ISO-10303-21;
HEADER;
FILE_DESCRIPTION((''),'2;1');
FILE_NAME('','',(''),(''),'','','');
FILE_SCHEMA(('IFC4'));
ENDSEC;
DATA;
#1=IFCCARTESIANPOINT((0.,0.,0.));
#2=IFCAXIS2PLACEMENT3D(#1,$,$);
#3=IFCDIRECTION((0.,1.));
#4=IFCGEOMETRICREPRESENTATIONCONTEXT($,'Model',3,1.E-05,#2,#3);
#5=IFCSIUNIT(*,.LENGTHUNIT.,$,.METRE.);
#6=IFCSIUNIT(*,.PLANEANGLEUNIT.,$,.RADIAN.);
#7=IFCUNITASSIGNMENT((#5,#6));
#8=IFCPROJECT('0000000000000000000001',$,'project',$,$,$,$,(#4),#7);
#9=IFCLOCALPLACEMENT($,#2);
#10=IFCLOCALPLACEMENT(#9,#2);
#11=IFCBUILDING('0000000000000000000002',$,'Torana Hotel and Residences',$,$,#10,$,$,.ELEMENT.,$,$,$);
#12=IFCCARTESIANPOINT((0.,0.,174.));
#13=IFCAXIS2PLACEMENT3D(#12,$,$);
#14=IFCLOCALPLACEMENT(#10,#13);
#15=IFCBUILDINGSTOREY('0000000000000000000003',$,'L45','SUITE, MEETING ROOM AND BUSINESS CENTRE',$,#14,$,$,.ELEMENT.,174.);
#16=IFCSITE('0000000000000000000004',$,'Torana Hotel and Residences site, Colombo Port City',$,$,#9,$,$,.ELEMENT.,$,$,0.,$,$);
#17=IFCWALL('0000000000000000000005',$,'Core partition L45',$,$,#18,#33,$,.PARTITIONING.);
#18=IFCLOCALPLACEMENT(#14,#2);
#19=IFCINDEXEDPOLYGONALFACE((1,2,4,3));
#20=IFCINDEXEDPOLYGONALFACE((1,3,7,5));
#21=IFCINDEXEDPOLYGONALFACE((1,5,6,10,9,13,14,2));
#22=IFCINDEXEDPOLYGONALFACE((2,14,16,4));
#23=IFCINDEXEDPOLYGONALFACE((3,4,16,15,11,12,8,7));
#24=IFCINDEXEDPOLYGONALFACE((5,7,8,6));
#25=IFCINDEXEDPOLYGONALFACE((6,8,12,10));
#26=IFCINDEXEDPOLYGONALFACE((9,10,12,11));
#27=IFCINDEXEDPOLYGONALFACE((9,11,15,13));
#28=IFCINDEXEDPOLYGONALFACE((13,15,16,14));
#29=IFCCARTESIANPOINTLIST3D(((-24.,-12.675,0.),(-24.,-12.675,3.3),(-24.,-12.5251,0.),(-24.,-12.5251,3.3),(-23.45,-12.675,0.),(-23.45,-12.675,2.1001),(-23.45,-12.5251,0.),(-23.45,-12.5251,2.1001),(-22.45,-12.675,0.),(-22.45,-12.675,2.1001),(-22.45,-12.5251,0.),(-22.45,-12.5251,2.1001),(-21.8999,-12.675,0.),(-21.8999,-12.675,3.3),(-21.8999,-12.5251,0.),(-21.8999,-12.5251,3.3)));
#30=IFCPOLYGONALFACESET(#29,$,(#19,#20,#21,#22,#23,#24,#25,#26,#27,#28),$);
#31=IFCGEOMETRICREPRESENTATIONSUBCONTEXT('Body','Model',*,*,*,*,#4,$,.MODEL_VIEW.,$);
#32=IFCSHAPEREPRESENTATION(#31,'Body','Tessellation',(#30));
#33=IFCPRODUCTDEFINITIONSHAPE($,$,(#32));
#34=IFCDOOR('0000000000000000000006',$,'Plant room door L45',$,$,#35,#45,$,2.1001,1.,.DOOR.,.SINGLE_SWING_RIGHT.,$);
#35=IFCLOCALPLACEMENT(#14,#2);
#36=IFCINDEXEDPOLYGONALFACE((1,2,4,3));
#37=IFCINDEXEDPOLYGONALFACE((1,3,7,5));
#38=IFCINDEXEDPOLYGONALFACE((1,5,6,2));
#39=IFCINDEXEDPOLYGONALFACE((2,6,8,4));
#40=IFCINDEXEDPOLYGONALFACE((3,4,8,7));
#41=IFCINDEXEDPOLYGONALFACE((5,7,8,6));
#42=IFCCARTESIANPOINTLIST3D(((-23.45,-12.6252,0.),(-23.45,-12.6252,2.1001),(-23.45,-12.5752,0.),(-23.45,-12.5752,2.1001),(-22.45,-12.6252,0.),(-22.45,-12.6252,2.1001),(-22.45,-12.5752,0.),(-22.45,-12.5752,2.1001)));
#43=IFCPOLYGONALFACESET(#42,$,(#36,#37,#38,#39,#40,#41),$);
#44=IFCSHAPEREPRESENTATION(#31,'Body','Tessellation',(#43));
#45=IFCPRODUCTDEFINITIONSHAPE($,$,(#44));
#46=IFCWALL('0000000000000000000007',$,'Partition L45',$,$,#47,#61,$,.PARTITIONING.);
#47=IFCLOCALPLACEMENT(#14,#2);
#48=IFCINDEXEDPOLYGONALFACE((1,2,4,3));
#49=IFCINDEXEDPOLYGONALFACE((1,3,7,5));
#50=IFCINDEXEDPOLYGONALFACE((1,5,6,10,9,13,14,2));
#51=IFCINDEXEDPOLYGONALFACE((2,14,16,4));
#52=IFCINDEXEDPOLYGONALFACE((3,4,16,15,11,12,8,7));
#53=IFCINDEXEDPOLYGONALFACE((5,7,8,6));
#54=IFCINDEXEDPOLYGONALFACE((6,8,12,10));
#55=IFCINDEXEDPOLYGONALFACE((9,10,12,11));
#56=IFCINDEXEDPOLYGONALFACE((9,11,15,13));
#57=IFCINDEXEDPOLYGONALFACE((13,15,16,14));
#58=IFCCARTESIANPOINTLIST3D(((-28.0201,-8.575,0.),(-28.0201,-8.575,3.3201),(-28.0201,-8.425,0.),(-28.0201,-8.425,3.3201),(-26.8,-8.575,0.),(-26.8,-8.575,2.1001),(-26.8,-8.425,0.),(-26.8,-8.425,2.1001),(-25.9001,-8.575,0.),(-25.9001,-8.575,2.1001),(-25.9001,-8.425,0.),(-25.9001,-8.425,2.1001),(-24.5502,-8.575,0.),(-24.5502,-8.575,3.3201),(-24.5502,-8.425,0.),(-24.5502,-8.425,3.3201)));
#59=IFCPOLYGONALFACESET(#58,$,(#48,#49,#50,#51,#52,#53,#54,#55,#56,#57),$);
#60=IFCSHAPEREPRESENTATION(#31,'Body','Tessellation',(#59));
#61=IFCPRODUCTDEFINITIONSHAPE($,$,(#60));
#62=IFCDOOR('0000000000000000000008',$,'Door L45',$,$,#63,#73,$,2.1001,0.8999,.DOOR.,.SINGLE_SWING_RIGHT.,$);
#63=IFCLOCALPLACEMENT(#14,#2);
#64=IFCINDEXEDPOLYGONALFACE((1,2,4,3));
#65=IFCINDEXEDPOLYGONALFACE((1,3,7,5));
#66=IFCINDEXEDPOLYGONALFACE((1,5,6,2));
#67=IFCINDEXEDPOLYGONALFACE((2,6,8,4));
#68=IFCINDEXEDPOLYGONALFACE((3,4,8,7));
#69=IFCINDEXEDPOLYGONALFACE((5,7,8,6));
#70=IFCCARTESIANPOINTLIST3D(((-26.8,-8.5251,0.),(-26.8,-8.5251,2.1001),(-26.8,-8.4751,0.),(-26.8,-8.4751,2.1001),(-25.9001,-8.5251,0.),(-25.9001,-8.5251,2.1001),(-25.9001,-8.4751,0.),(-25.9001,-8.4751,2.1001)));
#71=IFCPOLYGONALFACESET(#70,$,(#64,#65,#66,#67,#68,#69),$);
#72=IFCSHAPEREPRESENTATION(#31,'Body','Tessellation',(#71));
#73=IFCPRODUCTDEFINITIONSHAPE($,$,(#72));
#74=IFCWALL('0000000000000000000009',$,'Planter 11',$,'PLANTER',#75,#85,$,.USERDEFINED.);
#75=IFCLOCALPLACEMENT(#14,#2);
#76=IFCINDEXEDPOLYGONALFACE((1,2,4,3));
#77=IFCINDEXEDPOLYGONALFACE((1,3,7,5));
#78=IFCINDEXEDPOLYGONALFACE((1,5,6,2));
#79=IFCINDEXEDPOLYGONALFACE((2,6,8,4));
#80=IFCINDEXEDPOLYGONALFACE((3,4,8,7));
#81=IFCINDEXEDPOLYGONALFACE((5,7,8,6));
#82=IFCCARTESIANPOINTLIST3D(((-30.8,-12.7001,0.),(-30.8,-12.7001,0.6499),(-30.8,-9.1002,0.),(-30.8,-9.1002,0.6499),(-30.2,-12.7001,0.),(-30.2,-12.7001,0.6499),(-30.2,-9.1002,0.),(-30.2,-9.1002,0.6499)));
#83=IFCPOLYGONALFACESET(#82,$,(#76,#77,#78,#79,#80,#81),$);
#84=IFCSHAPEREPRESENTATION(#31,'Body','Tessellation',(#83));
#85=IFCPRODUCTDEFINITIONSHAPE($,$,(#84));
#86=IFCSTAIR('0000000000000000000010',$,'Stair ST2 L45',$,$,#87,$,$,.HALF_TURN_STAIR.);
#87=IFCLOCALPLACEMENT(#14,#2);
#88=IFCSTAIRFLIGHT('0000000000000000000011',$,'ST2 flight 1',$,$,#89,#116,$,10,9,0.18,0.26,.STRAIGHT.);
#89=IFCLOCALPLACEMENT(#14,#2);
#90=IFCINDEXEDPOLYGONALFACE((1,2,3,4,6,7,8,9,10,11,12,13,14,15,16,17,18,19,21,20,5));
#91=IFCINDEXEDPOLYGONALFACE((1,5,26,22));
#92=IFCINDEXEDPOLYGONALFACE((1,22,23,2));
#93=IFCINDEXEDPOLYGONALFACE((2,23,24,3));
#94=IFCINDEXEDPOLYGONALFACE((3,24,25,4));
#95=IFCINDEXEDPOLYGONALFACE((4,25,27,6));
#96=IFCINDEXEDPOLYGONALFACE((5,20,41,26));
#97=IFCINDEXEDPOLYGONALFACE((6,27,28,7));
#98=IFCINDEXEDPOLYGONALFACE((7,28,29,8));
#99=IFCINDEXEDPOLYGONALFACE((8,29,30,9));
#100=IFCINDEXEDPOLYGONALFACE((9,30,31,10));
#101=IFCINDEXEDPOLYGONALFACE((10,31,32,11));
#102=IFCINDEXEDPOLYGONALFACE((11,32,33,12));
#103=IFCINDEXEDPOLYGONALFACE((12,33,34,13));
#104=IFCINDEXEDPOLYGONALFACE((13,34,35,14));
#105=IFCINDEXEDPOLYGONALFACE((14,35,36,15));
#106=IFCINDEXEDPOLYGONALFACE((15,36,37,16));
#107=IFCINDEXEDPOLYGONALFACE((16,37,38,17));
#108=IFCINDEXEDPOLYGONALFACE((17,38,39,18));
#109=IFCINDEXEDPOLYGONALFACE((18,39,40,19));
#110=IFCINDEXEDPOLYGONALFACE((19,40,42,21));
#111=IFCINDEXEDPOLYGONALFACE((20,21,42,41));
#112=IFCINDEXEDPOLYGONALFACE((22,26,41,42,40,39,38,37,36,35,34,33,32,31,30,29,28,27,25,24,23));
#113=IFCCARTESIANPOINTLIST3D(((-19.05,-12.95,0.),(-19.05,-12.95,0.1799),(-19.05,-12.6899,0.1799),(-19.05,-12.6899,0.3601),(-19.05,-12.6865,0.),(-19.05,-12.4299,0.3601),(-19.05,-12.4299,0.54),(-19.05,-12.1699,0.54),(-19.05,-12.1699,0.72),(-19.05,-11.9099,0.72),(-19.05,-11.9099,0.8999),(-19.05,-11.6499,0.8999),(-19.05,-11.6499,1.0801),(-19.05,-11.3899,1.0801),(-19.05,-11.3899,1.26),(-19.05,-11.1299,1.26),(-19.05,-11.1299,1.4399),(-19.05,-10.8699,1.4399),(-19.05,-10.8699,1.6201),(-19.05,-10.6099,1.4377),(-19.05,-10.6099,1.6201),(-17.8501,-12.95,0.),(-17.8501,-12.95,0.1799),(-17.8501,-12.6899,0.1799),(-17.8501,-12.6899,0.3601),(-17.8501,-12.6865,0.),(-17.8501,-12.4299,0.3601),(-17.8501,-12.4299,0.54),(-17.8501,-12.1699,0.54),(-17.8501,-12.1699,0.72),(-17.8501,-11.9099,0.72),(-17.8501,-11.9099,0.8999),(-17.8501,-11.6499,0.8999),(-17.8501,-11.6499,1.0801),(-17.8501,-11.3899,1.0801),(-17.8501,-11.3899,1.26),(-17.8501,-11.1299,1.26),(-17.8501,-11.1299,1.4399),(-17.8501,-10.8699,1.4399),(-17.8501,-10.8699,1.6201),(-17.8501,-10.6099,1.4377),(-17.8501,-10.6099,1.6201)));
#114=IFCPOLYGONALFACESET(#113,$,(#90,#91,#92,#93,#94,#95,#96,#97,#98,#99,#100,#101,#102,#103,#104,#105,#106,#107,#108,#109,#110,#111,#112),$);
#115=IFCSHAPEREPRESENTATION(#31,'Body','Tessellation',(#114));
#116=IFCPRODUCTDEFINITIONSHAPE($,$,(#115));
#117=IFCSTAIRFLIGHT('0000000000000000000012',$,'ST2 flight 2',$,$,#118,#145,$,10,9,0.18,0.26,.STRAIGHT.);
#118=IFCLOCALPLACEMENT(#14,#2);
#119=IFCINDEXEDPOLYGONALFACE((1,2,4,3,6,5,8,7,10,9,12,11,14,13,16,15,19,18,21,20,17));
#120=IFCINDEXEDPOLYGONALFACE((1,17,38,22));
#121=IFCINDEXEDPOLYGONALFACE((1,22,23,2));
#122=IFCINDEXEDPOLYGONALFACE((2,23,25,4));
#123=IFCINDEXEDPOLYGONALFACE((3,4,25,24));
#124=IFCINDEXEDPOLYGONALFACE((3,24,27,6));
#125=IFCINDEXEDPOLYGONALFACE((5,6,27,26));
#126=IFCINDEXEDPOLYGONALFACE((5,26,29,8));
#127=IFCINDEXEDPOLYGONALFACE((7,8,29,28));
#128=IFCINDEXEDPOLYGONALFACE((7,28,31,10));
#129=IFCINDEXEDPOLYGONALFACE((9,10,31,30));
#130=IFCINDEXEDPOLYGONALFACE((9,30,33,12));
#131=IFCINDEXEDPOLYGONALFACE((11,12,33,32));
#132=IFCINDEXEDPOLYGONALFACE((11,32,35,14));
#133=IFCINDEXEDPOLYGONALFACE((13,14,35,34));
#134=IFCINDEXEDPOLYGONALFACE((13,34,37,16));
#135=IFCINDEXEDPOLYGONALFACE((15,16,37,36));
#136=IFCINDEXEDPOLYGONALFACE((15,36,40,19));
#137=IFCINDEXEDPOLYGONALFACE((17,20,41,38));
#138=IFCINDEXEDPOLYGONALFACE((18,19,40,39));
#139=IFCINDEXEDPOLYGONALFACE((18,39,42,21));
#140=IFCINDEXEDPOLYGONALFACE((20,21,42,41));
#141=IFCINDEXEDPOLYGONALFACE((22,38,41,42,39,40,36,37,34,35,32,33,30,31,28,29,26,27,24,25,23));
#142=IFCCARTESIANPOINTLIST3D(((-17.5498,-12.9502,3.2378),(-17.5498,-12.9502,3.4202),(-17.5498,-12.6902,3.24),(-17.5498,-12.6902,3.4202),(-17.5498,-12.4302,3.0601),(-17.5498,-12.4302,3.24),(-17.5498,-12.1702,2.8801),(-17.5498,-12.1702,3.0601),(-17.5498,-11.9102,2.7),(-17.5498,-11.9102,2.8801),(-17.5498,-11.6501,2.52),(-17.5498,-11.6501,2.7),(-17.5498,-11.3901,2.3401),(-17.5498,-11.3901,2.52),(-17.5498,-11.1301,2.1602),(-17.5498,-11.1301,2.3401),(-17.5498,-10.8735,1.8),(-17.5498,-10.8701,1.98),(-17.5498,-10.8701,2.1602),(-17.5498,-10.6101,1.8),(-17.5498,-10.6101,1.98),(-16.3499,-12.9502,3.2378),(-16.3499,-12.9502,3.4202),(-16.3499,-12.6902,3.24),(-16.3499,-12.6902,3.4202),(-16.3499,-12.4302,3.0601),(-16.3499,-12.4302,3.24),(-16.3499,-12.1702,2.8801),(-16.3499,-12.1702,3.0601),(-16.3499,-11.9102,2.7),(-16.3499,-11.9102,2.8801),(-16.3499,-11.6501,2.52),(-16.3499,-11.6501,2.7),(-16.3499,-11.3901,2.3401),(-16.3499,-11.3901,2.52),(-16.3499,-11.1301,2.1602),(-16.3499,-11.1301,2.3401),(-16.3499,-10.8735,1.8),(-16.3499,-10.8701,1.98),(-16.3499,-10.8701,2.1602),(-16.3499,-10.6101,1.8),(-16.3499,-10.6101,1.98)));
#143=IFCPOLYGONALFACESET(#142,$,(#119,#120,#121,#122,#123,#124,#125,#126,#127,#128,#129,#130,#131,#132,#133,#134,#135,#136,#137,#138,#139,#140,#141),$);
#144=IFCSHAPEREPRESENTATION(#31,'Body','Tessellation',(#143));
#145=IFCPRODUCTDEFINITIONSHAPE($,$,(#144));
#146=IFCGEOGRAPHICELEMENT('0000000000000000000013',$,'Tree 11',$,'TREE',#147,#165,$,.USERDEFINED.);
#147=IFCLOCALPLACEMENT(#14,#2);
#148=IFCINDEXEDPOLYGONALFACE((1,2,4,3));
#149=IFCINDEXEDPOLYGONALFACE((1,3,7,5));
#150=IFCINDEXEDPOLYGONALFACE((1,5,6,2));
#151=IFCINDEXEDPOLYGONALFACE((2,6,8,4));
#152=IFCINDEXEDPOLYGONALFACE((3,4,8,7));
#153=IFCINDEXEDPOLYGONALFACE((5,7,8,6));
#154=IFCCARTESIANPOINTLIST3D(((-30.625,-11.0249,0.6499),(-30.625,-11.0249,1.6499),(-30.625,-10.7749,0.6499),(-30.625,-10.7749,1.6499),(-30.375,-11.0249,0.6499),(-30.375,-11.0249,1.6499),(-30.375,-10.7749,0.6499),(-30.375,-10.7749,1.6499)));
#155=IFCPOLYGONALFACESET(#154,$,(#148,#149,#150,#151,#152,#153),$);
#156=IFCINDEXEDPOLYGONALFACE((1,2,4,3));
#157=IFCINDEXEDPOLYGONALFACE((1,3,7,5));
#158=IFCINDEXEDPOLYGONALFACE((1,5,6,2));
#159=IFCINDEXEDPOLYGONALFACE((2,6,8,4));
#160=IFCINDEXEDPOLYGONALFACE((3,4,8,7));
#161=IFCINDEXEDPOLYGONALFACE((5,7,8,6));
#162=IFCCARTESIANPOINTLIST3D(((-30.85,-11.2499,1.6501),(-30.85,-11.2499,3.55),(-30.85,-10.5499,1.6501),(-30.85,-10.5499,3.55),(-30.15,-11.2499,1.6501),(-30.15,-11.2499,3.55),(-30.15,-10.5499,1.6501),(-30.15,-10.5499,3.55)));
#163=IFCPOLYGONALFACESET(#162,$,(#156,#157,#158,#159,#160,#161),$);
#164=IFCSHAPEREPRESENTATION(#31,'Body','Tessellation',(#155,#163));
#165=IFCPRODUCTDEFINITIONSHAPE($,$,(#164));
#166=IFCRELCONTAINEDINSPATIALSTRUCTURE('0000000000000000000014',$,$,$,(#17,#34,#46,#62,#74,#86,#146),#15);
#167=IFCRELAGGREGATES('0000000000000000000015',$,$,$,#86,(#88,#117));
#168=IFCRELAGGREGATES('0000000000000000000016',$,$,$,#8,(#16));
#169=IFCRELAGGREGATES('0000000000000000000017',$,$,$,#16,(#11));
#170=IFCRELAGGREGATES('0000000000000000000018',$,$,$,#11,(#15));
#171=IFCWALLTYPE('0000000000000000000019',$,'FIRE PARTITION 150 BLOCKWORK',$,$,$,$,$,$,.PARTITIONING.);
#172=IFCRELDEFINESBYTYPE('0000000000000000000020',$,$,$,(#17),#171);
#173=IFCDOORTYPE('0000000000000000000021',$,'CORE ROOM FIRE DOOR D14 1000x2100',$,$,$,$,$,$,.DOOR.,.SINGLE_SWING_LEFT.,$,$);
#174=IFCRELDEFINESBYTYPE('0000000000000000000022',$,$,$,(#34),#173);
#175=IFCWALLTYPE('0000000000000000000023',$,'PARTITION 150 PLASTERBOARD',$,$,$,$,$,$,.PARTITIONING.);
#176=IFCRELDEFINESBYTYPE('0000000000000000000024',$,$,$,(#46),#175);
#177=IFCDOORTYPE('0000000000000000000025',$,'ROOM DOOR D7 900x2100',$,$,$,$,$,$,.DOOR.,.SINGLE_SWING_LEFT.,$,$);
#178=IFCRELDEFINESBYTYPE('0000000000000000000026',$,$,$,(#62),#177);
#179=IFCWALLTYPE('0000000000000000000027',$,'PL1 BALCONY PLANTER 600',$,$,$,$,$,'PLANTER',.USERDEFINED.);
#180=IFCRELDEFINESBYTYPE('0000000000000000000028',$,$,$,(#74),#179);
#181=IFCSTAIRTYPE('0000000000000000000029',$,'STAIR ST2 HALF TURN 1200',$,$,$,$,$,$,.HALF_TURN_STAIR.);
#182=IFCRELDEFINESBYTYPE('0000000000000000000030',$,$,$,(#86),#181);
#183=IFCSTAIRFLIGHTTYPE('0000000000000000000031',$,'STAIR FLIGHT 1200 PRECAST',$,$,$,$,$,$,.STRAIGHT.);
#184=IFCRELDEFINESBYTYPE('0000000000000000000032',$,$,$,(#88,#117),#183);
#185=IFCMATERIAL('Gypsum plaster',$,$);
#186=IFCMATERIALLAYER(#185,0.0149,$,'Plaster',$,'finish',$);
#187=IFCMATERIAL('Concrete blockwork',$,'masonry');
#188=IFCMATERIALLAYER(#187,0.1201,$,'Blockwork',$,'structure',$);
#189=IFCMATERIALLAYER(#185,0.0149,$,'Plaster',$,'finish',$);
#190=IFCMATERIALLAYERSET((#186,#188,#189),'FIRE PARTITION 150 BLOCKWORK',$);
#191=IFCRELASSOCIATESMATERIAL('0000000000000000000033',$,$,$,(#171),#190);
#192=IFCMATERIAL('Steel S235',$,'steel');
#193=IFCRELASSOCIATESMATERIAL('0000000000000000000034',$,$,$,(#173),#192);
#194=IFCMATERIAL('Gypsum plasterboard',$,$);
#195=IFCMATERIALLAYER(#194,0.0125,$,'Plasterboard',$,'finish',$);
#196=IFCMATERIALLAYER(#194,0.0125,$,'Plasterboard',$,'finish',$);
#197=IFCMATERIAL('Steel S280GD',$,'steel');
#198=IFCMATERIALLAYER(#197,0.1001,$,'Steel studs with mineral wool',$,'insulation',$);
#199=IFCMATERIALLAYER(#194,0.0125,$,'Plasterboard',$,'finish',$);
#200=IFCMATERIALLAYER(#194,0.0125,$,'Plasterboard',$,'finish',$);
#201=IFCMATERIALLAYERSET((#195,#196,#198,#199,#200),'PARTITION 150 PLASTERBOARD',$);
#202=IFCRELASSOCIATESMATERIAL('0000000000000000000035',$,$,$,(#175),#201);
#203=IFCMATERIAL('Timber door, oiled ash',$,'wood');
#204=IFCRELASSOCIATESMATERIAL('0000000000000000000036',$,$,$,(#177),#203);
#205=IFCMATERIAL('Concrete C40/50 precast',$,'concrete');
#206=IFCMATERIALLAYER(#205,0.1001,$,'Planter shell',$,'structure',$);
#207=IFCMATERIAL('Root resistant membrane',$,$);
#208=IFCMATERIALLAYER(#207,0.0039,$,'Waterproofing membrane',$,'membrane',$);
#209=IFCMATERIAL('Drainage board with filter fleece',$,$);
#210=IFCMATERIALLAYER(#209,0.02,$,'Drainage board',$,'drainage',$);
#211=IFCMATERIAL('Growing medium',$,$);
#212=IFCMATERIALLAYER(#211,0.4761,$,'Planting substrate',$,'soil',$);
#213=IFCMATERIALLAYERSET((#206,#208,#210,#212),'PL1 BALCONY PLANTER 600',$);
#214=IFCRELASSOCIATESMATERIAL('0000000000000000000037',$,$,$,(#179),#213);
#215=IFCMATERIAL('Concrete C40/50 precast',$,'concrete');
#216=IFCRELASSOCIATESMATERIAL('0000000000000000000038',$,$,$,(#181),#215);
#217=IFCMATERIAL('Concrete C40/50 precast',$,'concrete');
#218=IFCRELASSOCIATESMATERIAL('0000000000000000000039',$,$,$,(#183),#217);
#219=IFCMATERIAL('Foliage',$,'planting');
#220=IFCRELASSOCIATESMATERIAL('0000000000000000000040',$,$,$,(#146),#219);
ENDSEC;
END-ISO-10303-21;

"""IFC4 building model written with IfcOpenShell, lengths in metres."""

from ifc_helpers import new_model, si_unit, direction, frame, frame_2d, origin, origin_2d, place, context, subcontext, project, spatial, polyline, rectangle, outline, extrude, material, layer, layer_set, type_object, element, fill, aggregate, save


model = new_model("IFC4")

# Units and contexts
model_context = context("Model", 3, precision=1e-05, world=origin(), true_north=direction((0.0, 1.0)))
body_context = subcontext(model_context, "Body", "Model", "MODEL_VIEW")
ifc_project = project(units=[si_unit("LENGTHUNIT", "METRE"), si_unit("PLANEANGLEUNIT", "RADIAN")], contexts=[model_context])

# Site, building, storey
site_placement = place(None, origin())
site = spatial("IfcSite", under=ifc_project, at=site_placement, Name="Torana Hotel and Residences site, Colombo Port City", CompositionType="ELEMENT", RefElevation=0.0)
building_placement = place(site_placement, origin())
building = spatial("IfcBuilding", under=site, at=building_placement, Name="Torana Hotel and Residences", CompositionType="ELEMENT")
storey_placement = place(building_placement, frame((0.0, 0.0, 174.0)))
storey = spatial("IfcBuildingStorey", under=building, at=storey_placement, Name="L45", Description="SUITE, MEETING ROOM AND BUSINESS CENTRE", CompositionType="ELEMENT", Elevation=174.0)

# Walls, openings, doors
ifc_material_1 = material(Name="Gypsum plaster")
ifc_layer_1 = layer(ifc_material_1, 0.0149, Name="Plaster", Category="finish")
ifc_material_2 = material(Name="Concrete blockwork", Category="masonry")
ifc_layer_2 = layer(ifc_material_2, 0.1201, Name="Blockwork", Category="structure")
ifc_layer_3 = layer(ifc_material_1, 0.0149, Name="Plaster", Category="finish")
ifc_layer_set_1 = layer_set([ifc_layer_1, ifc_layer_2, ifc_layer_3], Name="FIRE PARTITION 150 BLOCKWORK")
wall_type_1 = type_object("IfcWallType", Name="FIRE PARTITION 150 BLOCKWORK", PredefinedType="PARTITIONING", material=ifc_layer_set_1)
wall_1_placement = place(storey_placement, frame((-24.0, -12.6001, 0.0), z_axis=(0.0, 0.0, 1.0), x_axis=(1.0, 0.0, 0.0)))
wall_1 = element("IfcWall", 1, at=wall_1_placement, inside=storey, type_object=wall_type_1, Name="Core partition L45", PredefinedType="PARTITIONING", context=body_context, shape_type="SweptSolid", body=[
    extrude(rectangle(XDim=2.1001, YDim=0.1499, at=frame_2d((1.05, 0.0))), origin(), (0.0, 0.0, 1.0), 3.3),
])
opening_1_placement = place(wall_1_placement, frame((0.55, 0.0, 0.0)))
opening_1 = element("IfcOpeningElement", 2, at=opening_1_placement, cuts=wall_1, PredefinedType="OPENING", context=body_context, shape_type="SweptSolid", body=[
    extrude(rectangle(XDim=1.0, YDim=2.1001, at=frame_2d((0.5, 1.05))), frame((0.0, 0.085, 0.0), z_axis=(0.0, -1.0, 0.0), x_axis=(1.0, 0.0, 0.0)), (0.0, 0.0, 1.0), 0.1699),
])
ifc_material_3 = material(Name="Steel S235", Category="steel")
door_type_1 = type_object("IfcDoorType", Name="CORE ROOM FIRE DOOR D14 1000x2100", OperationType="SINGLE_SWING_LEFT", PredefinedType="DOOR", material=ifc_material_3)
door_1_placement = place(opening_1_placement, origin())
door_1 = element("IfcDoor", 3, at=door_1_placement, inside=storey, type_object=door_type_1, Name="Plant room door L45", OperationType="SINGLE_SWING_RIGHT", OverallHeight=2.1001, OverallWidth=1.0, PredefinedType="DOOR", context=body_context, shape_type="SweptSolid", body=[
    extrude(rectangle(XDim=1.0, YDim=2.1001, at=frame_2d((0.5, 1.05))), frame((0.0, 0.0249, 0.0), z_axis=(0.0, -1.0, 0.0), x_axis=(1.0, 0.0, 0.0)), (0.0, 0.0, 1.0), 0.05),
])
fill(opening_1, door_1)
ifc_material_4 = material(Name="Gypsum plasterboard")
ifc_layer_4 = layer(ifc_material_4, 0.0125, Name="Plasterboard", Category="finish")
ifc_layer_5 = layer(ifc_material_4, 0.0125, Name="Plasterboard", Category="finish")
ifc_material_5 = material(Name="Steel S280GD", Category="steel")
ifc_layer_6 = layer(ifc_material_5, 0.1001, Name="Steel studs with mineral wool", Category="insulation")
ifc_layer_7 = layer(ifc_material_4, 0.0125, Name="Plasterboard", Category="finish")
ifc_layer_8 = layer(ifc_material_4, 0.0125, Name="Plasterboard", Category="finish")
ifc_layer_set_2 = layer_set([ifc_layer_4, ifc_layer_5, ifc_layer_6, ifc_layer_7, ifc_layer_8], Name="PARTITION 150 PLASTERBOARD")
wall_type_2 = type_object("IfcWallType", Name="PARTITION 150 PLASTERBOARD", PredefinedType="PARTITIONING", material=ifc_layer_set_2)
wall_2_placement = place(storey_placement, frame((-28.02, -8.5, 0.0), z_axis=(0.0, 0.0, 1.0), x_axis=(1.0, 0.0, 0.0)))
wall_2 = element("IfcWall", 4, at=wall_2_placement, inside=storey, type_object=wall_type_2, Name="Partition L45", PredefinedType="PARTITIONING", context=body_context, shape_type="SweptSolid", body=[
    extrude(rectangle(XDim=3.47, YDim=0.1499, at=frame_2d((1.7349, 0.0))), origin(), (0.0, 0.0, 1.0), 3.3201),
])
opening_2_placement = place(wall_2_placement, frame((1.22, 0.0, 0.0)))
opening_2 = element("IfcOpeningElement", 5, at=opening_2_placement, cuts=wall_2, PredefinedType="OPENING", context=body_context, shape_type="SweptSolid", body=[
    extrude(rectangle(XDim=0.8999, YDim=2.1001, at=frame_2d((0.45, 1.05))), frame((0.0, 0.085, 0.0), z_axis=(0.0, -1.0, 0.0), x_axis=(1.0, 0.0, 0.0)), (0.0, 0.0, 1.0), 0.1699),
])
ifc_material_6 = material(Name="Timber door, oiled ash", Category="wood")
door_type_2 = type_object("IfcDoorType", Name="ROOM DOOR D7 900x2100", OperationType="SINGLE_SWING_LEFT", PredefinedType="DOOR", material=ifc_material_6)
door_2_placement = place(opening_2_placement, origin())
door_2 = element("IfcDoor", 6, at=door_2_placement, inside=storey, type_object=door_type_2, Name="Door L45", OperationType="SINGLE_SWING_RIGHT", OverallHeight=2.1001, OverallWidth=0.8999, PredefinedType="DOOR", context=body_context, shape_type="SweptSolid", body=[
    extrude(rectangle(XDim=0.8999, YDim=2.1001, at=frame_2d((0.45, 1.05))), frame((0.0, 0.0249, 0.0), z_axis=(0.0, -1.0, 0.0), x_axis=(1.0, 0.0, 0.0)), (0.0, 0.0, 1.0), 0.05),
])
fill(opening_2, door_2)

# Wall
ifc_material_7 = material(Name="Concrete C40/50 precast", Category="concrete")
ifc_layer_9 = layer(ifc_material_7, 0.1001, Name="Planter shell", Category="structure")
ifc_material_8 = material(Name="Root resistant membrane")
ifc_layer_10 = layer(ifc_material_8, 0.0039, Name="Waterproofing membrane", Category="membrane")
ifc_material_9 = material(Name="Drainage board with filter fleece")
ifc_layer_11 = layer(ifc_material_9, 0.02, Name="Drainage board", Category="drainage")
ifc_material_10 = material(Name="Growing medium")
ifc_layer_12 = layer(ifc_material_10, 0.4761, Name="Planting substrate", Category="soil")
ifc_layer_set_3 = layer_set([ifc_layer_9, ifc_layer_10, ifc_layer_11, ifc_layer_12], Name="PL1 BALCONY PLANTER 600")
wall_type_3 = type_object("IfcWallType", Name="PL1 BALCONY PLANTER 600", ElementType="PLANTER", PredefinedType="USERDEFINED", material=ifc_layer_set_3)
wall_3_placement = place(storey_placement, frame((-30.5, -12.7, 0.0), z_axis=(0.0, 0.0, 1.0), x_axis=(0.0, 1.0, 0.0)))
element("IfcWall", 7, at=wall_3_placement, inside=storey, type_object=wall_type_3, Name="Planter 11", ObjectType="PLANTER", PredefinedType="USERDEFINED", context=body_context, shape_type="SweptSolid", body=[
    extrude(rectangle(XDim=3.5999, YDim=0.6001, at=frame_2d((1.7998, 0.0))), origin(), (0.0, 0.0, 1.0), 0.6499),
])

# Stair, stair flights
ifc_material_11 = material(Name="Concrete C40/50 precast", Category="concrete")
stair_type = type_object("IfcStairType", Name="STAIR ST2 HALF TURN 1200", PredefinedType="HALF_TURN_STAIR", material=ifc_material_11)
stair_placement = place(storey_placement, origin())
stair = element("IfcStair", 8, at=stair_placement, inside=storey, type_object=stair_type, Name="Stair ST2 L45", PredefinedType="HALF_TURN_STAIR")
ifc_material_12 = material(Name="Concrete C40/50 precast", Category="concrete")
stair_flight_type = type_object("IfcStairFlightType", Name="STAIR FLIGHT 1200 PRECAST", PredefinedType="STRAIGHT", material=ifc_material_12)
stair_flight_1_placement = place(storey_placement, frame((-18.45, -12.95, 0.0), z_axis=(0.0, 0.0, 1.0), x_axis=(0.0, 1.0, 0.0)))
stair_flight_1 = element("IfcStairFlight", 9, at=stair_flight_1_placement, type_object=stair_flight_type, Name="ST2 flight 1", NumberOfRisers=10, NumberOfTreads=9, PredefinedType="STRAIGHT", RiserHeight=0.18, TreadLength=0.26, context=body_context, shape_type="SweptSolid", body=[
    extrude(outline(polyline([(0.0, 0.0), (0.0, 0.1799), (0.26, 0.1799), (0.26, 0.3601), (0.52, 0.3601), (0.52, 0.54), (0.78, 0.54), (0.78, 0.72), (1.04, 0.72), (1.04, 0.8999), (1.3, 0.8999), (1.3, 1.0801), (1.5601, 1.0801), (1.5601, 1.26), (1.8201, 1.26), (1.8201, 1.4399), (2.0801, 1.4399), (2.0801, 1.6201), (2.3401, 1.6201), (2.3401, 1.8), (2.3401, 1.4377), (0.2634, 0.0), (0.0, 0.0)])), frame((0.0, 0.6001, 0.0), z_axis=(0.0, -1.0, 0.0), x_axis=(1.0, 0.0, 0.0)), (0.0, 0.0, 1.0), 1.2),
])
stair_flight_2_placement = place(storey_placement, frame((-16.95, -10.6101, 1.8), z_axis=(0.0, 0.0, 1.0), x_axis=(0.0, -1.0, 0.0)))
stair_flight_2 = element("IfcStairFlight", 10, at=stair_flight_2_placement, type_object=stair_flight_type, Name="ST2 flight 2", NumberOfRisers=10, NumberOfTreads=9, PredefinedType="STRAIGHT", RiserHeight=0.18, TreadLength=0.26, context=body_context, shape_type="SweptSolid", body=[
    extrude(outline(polyline([(0.0, 0.0), (0.0, 0.1799), (0.26, 0.1799), (0.26, 0.3601), (0.52, 0.3601), (0.52, 0.54), (0.78, 0.54), (0.78, 0.72), (1.04, 0.72), (1.04, 0.8999), (1.3, 0.8999), (1.3, 1.0801), (1.5601, 1.0801), (1.5601, 1.26), (1.8201, 1.26), (1.8201, 1.4399), (2.0801, 1.4399), (2.0801, 1.6201), (2.3401, 1.6201), (2.3401, 1.8), (2.3401, 1.4377), (0.2634, 0.0), (0.0, 0.0)])), frame((0.0, 0.6001, 0.0), z_axis=(0.0, -1.0, 0.0), x_axis=(1.0, 0.0, 0.0)), (0.0, 0.0, 1.0), 1.2),
])
aggregate(stair, [stair_flight_1, stair_flight_2])

# Geographic element
ifc_material_13 = material(Name="Foliage", Category="planting")
geographic_element_placement = place(storey_placement, frame((-30.5, -10.8999, 0.6499), z_axis=(0.0, 0.0, 1.0), x_axis=(1.0, 0.0, 0.0)))
element("IfcGeographicElement", 11, at=geographic_element_placement, inside=storey, material=ifc_material_13, Name="Tree 11", ObjectType="TREE", PredefinedType="USERDEFINED", context=body_context, shape_type="SweptSolid", body=[
    extrude(rectangle(XDim=0.25, YDim=0.25, at=origin_2d()), origin(), (0.0, 0.0, 1.0), 1.0),
    extrude(rectangle(XDim=0.7, YDim=0.7, at=origin_2d()), frame((0.0, 0.0, 1.0002)), (0.0, 0.0, 1.0), 1.8999),
])

save(model, "model.ifc")
